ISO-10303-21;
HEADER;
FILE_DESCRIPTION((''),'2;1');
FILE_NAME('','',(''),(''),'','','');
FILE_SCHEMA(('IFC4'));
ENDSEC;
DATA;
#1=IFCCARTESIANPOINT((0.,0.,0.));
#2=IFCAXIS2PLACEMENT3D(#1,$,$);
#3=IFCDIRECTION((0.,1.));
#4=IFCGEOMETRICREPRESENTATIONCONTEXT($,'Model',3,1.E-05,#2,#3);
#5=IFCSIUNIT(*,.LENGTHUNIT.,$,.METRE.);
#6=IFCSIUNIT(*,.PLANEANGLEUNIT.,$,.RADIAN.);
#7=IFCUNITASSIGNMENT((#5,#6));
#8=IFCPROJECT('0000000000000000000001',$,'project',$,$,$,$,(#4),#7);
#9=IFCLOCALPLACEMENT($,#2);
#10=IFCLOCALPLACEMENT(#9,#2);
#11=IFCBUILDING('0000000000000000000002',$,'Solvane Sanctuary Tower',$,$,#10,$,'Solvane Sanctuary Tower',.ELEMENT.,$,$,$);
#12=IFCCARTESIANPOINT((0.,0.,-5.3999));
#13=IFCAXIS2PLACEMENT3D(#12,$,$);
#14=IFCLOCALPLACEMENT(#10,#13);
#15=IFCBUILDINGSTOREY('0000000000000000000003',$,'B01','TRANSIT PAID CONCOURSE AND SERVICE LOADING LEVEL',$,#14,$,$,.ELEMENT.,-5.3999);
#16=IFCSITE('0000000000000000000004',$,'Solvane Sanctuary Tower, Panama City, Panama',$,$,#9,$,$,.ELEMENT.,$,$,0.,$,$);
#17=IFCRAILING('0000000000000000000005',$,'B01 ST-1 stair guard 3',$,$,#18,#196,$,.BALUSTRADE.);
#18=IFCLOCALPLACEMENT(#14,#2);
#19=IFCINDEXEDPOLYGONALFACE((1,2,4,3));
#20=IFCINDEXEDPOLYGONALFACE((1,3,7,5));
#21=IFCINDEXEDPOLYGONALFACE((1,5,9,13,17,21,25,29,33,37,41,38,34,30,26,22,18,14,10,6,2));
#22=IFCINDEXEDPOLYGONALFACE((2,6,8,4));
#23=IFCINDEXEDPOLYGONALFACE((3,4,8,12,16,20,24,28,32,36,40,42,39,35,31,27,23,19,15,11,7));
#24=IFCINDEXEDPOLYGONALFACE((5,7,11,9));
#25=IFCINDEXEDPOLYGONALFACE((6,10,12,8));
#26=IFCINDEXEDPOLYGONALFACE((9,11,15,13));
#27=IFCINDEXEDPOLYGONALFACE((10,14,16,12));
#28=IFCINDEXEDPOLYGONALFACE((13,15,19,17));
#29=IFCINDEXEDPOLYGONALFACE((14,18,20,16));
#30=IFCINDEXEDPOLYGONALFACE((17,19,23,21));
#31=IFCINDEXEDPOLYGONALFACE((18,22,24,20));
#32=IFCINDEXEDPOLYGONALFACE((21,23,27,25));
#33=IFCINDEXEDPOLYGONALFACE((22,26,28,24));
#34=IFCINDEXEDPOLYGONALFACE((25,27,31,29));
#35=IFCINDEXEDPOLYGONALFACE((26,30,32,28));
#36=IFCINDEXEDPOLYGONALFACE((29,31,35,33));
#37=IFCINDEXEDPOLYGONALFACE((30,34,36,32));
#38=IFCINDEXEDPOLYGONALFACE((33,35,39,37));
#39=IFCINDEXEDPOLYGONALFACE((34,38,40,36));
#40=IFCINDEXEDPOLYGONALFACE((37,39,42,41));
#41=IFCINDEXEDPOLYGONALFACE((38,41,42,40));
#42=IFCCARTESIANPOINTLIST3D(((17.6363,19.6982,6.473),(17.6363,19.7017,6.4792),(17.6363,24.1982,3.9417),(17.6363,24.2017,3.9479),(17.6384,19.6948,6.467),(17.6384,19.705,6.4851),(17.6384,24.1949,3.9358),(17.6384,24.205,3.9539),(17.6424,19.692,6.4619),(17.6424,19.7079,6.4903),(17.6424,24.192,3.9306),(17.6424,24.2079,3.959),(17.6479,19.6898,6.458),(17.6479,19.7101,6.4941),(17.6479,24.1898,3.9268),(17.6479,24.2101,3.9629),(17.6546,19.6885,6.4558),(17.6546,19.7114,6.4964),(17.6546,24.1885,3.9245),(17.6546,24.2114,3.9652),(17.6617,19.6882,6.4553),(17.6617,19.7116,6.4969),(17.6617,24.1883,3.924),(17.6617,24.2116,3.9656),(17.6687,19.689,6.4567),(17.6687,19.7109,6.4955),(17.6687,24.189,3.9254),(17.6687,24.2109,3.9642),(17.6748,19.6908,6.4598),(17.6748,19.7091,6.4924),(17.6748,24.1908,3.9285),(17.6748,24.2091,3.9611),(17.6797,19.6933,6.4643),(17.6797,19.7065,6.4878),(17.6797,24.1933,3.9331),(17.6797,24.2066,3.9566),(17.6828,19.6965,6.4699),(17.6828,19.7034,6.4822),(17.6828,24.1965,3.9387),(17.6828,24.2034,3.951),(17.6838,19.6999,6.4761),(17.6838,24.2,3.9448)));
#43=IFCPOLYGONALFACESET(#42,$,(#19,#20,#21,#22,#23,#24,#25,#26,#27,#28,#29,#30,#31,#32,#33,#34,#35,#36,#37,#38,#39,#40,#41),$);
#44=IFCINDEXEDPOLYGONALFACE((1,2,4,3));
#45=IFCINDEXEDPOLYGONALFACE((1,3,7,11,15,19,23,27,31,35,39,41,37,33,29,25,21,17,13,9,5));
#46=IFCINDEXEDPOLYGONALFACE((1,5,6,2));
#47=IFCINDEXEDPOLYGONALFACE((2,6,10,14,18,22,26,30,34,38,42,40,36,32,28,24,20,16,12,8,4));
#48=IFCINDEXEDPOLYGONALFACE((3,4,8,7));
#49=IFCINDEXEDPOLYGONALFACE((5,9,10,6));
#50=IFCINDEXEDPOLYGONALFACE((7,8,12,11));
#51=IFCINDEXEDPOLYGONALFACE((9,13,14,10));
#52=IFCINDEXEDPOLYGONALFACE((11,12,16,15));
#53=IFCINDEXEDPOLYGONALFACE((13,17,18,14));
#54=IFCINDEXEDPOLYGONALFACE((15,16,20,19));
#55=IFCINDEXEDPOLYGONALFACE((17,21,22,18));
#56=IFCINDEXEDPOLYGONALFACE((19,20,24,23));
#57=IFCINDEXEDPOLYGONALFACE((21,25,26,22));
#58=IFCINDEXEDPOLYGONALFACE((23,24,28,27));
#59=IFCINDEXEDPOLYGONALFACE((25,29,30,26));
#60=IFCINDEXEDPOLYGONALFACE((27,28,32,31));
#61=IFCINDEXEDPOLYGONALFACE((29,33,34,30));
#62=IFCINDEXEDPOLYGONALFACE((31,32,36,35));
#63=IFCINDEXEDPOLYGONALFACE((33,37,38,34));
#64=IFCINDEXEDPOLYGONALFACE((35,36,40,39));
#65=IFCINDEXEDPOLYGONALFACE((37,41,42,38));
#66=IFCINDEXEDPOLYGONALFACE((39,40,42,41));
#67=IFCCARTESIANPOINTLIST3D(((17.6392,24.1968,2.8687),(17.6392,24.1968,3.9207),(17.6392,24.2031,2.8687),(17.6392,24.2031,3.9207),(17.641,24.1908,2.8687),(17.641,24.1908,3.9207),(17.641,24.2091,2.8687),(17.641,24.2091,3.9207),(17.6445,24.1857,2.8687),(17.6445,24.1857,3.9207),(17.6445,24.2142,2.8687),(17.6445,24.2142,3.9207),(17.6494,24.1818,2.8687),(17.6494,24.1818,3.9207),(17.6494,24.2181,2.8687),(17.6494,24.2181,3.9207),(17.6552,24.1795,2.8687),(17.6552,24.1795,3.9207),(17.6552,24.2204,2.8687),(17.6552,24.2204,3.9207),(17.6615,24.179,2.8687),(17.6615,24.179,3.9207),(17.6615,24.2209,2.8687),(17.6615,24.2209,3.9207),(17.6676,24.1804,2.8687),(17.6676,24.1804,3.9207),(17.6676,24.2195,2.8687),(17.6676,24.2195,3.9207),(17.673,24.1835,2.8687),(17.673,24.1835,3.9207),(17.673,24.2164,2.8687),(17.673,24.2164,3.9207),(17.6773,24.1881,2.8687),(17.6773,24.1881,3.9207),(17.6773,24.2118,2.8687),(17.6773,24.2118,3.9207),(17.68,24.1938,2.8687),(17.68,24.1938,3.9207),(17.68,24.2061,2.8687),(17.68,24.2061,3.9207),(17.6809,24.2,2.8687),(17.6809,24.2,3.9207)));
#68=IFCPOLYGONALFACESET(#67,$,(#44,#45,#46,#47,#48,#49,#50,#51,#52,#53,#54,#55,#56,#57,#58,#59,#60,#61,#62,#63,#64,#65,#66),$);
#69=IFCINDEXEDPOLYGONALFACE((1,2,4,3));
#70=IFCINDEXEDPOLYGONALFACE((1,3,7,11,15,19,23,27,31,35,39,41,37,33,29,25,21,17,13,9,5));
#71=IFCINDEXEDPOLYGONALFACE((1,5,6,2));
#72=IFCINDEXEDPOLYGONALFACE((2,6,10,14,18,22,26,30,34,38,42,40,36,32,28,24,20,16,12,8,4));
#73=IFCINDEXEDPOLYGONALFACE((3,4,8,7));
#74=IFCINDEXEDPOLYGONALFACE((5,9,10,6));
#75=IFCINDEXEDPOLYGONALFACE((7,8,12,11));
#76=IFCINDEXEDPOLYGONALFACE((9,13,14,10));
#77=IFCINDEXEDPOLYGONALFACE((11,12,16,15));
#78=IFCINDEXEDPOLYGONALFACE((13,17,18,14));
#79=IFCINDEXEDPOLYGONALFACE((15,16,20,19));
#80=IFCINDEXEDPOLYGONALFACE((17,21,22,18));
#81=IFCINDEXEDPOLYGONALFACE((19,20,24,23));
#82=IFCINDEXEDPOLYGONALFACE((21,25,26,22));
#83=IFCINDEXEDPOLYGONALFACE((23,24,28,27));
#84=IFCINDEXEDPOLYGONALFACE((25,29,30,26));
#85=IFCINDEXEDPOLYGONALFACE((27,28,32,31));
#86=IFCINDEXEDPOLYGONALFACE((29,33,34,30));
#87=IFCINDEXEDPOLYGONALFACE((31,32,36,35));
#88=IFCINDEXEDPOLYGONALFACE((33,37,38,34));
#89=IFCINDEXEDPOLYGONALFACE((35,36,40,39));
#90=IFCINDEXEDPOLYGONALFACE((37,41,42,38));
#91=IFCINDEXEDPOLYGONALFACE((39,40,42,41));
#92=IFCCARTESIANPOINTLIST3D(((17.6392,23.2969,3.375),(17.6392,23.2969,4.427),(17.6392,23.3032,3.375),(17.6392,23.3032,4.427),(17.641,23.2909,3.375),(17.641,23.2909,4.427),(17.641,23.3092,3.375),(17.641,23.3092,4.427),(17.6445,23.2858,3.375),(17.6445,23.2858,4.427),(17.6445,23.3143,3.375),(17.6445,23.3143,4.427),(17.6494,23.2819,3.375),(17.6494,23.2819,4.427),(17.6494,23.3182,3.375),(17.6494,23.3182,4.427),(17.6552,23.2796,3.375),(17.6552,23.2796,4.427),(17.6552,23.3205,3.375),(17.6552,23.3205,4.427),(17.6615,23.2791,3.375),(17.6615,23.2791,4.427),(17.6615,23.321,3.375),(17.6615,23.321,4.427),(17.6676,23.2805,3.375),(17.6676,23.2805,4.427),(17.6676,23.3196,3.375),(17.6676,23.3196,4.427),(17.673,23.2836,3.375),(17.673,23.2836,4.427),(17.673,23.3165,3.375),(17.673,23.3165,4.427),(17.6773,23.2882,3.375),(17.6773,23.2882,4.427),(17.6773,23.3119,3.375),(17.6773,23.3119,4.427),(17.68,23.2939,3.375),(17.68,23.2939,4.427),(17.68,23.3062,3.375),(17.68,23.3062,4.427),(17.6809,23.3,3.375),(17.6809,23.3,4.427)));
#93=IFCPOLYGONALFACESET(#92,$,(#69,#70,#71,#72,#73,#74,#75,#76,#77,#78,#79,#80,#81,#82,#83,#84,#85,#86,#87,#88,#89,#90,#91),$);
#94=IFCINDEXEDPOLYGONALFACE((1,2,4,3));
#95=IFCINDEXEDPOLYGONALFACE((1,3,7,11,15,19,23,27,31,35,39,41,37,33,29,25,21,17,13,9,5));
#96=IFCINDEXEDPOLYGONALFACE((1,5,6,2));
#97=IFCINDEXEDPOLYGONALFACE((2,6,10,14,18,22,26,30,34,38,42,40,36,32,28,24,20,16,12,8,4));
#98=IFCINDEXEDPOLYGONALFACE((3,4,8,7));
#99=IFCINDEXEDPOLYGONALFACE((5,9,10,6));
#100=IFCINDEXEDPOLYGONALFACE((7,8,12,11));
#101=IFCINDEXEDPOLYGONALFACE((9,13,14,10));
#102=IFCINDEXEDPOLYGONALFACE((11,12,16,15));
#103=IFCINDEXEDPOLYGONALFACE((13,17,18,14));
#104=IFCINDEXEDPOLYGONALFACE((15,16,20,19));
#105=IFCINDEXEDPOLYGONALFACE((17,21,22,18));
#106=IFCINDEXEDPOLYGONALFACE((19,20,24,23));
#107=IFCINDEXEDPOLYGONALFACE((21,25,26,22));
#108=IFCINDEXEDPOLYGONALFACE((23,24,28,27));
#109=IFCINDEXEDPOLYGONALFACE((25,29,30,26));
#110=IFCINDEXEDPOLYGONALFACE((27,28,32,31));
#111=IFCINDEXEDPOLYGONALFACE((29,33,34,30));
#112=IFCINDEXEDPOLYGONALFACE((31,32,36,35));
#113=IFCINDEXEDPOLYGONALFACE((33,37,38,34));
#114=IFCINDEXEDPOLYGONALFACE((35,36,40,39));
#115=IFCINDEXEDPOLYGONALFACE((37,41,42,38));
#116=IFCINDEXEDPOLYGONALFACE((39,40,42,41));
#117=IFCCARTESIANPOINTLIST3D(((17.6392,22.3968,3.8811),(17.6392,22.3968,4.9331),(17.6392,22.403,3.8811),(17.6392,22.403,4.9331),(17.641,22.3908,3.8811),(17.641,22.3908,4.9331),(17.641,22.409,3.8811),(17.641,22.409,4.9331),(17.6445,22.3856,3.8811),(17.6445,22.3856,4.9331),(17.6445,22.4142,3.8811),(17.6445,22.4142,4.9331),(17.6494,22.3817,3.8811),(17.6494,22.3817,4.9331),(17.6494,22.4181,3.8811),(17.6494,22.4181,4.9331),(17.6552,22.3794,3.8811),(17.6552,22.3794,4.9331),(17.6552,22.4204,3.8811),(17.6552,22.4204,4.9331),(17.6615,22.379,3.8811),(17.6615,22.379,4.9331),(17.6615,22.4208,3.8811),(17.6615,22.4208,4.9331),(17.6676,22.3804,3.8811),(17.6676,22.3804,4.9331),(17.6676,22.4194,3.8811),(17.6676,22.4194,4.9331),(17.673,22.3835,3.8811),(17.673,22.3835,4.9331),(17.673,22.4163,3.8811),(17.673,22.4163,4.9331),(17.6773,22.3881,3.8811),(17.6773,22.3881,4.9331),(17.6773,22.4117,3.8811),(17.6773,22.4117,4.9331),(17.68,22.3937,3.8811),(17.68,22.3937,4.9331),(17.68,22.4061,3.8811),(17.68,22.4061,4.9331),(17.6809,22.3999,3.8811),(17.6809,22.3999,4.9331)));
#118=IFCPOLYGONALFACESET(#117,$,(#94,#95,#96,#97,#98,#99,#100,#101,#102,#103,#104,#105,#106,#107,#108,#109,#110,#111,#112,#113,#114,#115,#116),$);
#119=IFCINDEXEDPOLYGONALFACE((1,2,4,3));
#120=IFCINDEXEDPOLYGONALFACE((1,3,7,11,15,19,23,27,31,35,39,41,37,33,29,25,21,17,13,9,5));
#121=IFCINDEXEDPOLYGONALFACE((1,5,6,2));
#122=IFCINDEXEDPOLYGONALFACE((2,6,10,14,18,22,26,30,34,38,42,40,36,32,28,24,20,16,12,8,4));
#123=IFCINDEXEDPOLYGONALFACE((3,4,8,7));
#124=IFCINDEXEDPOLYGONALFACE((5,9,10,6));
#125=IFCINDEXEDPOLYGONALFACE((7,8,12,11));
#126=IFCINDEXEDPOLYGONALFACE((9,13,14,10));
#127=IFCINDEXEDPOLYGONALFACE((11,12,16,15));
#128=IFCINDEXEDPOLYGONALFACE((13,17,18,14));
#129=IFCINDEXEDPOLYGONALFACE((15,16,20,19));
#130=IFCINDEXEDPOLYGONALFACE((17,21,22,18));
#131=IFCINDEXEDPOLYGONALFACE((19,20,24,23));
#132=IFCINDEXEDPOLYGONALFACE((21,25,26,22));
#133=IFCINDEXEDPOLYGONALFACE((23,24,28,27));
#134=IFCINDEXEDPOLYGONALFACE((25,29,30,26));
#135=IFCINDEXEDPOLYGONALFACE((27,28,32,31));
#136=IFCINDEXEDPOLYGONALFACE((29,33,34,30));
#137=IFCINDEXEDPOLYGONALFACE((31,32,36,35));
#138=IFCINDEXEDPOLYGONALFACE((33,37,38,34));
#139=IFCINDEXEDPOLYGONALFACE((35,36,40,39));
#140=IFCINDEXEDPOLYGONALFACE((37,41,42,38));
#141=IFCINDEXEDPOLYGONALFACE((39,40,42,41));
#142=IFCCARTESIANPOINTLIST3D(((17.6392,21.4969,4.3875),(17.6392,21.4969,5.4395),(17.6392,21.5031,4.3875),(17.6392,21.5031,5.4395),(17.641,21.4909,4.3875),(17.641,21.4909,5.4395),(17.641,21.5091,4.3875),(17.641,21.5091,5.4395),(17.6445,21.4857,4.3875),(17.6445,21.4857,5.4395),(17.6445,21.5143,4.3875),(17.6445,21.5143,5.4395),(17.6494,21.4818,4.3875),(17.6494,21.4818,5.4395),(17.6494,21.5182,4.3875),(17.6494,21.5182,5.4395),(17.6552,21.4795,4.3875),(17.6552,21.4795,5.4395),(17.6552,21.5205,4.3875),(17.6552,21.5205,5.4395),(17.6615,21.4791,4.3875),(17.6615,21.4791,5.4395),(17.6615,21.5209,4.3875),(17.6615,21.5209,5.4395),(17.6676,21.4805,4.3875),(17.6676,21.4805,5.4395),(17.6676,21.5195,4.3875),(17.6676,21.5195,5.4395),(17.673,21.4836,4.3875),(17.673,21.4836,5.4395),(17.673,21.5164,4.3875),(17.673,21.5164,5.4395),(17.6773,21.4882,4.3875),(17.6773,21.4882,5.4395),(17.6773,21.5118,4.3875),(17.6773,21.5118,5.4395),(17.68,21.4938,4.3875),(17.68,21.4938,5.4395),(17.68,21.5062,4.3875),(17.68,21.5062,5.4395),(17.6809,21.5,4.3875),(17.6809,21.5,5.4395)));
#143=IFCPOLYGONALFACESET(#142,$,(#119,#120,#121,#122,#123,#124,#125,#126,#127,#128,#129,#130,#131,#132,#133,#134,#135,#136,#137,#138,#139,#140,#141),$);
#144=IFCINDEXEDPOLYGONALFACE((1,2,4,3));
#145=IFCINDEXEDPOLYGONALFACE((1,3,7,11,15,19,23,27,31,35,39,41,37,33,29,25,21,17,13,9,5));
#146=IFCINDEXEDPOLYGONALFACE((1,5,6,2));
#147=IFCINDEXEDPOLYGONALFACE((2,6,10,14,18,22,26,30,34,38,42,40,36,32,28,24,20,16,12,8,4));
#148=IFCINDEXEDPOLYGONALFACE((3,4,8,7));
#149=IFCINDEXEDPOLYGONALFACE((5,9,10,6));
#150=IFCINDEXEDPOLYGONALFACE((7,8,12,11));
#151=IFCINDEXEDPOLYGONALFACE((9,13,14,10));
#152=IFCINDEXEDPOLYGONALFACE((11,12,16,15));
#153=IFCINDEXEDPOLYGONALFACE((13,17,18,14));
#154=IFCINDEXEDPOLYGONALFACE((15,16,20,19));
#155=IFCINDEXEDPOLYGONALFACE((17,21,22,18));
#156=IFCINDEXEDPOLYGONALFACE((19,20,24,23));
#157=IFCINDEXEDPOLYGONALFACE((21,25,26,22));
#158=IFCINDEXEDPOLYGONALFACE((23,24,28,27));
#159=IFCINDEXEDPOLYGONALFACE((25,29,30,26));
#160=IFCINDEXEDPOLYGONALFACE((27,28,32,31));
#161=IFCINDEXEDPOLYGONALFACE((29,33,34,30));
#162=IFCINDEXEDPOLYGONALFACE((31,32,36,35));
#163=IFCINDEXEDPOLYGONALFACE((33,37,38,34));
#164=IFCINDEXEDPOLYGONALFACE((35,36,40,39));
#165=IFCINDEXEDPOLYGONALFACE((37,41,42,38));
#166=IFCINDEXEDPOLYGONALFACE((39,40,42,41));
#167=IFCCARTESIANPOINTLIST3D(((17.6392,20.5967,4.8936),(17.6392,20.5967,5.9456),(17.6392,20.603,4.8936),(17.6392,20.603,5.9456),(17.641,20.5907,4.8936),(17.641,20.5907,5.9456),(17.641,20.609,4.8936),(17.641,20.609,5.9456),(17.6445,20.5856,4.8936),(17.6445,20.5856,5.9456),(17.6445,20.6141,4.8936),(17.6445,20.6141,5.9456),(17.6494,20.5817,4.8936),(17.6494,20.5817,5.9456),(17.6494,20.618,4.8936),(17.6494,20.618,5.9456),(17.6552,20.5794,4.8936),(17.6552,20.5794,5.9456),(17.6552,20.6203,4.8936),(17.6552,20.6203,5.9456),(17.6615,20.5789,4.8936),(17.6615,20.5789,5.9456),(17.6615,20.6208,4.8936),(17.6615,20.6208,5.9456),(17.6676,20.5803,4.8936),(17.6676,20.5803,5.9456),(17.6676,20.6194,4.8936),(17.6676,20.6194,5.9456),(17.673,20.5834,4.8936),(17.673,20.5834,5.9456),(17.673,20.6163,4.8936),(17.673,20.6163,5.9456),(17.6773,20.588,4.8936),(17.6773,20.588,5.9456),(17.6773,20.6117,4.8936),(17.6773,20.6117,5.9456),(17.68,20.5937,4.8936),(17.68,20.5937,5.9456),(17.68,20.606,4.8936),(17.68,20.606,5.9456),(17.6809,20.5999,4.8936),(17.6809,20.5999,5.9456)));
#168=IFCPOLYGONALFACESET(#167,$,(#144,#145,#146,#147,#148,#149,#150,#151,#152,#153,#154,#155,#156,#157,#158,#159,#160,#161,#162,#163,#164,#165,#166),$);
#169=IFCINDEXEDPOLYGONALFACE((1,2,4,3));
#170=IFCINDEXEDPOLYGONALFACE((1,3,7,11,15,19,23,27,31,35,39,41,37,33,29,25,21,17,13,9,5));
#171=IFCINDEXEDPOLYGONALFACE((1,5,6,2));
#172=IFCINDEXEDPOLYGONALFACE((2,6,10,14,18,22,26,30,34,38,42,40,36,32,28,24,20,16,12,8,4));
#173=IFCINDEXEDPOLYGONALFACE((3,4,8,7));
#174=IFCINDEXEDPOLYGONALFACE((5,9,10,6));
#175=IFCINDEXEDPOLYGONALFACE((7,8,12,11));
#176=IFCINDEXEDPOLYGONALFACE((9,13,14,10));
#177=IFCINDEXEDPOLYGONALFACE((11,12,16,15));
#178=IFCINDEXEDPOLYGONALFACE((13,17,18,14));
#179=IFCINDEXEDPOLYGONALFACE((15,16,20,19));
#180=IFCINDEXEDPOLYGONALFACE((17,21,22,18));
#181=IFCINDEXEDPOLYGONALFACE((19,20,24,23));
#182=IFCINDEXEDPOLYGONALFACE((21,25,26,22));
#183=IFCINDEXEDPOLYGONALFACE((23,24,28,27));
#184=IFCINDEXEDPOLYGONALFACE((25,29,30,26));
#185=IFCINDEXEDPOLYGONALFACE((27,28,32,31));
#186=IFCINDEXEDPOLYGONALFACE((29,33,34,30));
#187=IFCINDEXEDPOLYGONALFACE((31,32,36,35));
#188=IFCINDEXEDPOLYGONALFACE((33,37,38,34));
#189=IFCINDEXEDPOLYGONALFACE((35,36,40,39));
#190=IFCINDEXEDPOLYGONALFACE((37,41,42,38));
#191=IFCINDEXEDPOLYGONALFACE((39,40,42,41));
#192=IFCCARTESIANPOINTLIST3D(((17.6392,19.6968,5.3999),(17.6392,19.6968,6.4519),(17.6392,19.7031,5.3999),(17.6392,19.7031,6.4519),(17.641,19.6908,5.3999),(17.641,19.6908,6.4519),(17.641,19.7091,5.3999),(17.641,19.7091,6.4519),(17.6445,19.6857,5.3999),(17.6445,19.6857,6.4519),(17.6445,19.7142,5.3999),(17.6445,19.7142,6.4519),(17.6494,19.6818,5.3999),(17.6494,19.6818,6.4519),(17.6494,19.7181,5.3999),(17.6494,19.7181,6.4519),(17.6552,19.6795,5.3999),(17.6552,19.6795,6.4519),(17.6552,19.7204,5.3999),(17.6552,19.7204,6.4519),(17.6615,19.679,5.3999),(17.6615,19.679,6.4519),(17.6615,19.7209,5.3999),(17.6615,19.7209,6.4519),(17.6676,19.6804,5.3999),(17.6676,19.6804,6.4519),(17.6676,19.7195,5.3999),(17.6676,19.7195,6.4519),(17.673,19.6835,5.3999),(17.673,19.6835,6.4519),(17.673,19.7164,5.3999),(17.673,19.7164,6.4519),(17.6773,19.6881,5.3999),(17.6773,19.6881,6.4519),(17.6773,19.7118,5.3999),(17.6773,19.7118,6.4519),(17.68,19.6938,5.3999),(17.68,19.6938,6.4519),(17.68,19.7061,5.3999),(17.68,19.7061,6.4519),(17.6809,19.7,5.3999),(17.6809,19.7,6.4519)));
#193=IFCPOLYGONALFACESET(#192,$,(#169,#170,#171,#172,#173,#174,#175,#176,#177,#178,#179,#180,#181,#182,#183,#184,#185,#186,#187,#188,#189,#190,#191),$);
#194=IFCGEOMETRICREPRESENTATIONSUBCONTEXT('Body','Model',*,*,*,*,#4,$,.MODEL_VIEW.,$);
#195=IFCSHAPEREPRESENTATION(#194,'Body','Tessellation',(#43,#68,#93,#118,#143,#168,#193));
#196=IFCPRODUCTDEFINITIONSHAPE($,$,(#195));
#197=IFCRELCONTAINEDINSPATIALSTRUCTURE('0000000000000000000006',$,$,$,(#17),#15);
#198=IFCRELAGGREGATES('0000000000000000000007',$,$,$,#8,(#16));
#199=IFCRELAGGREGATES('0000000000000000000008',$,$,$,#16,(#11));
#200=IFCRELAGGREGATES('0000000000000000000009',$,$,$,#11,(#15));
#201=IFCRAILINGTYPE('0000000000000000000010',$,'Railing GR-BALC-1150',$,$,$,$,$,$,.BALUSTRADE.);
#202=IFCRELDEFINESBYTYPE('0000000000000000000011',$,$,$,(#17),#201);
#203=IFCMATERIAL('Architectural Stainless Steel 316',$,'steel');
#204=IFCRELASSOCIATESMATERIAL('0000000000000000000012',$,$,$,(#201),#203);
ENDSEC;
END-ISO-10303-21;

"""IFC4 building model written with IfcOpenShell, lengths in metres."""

from ifc_helpers import new_model, si_unit, direction, frame, origin, origin_2d, place, context, subcontext, project, spatial, circle, extrude, material, type_object, element, save


model = new_model("IFC4")

# Units and contexts
model_context = context("Model", 3, precision=1e-05, world=origin(), true_north=direction((0.0, 1.0)))
body_context = subcontext(model_context, "Body", "Model", "MODEL_VIEW")
ifc_project = project(units=[si_unit("LENGTHUNIT", "METRE"), si_unit("PLANEANGLEUNIT", "RADIAN")], contexts=[model_context])

# Site, building, storey
site_placement = place(None, origin())
site = spatial("IfcSite", under=ifc_project, at=site_placement, Name="Solvane Sanctuary Tower, Panama City, Panama", CompositionType="ELEMENT", RefElevation=0.0)
building_placement = place(site_placement, origin())
building = spatial("IfcBuilding", under=site, at=building_placement, Name="Solvane Sanctuary Tower", LongName="Solvane Sanctuary Tower", CompositionType="ELEMENT")
storey_placement = place(building_placement, frame((0.0, 0.0, -5.3999)))
storey = spatial("IfcBuildingStorey", under=building, at=storey_placement, Name="B01", Description="TRANSIT PAID CONCOURSE AND SERVICE LOADING LEVEL", CompositionType="ELEMENT", Elevation=-5.3999)

# Shared definitions
ifc_material_1 = material(Name="Architectural Stainless Steel 316", Category="steel")

# Railing
railing_type_1 = type_object("IfcRailingType", Name="Railing GR-BALC-1150", PredefinedType="BALUSTRADE", material=ifc_material_1)
railing_1_placement = place(storey_placement, frame((17.6599, 24.2, 2.8687)))
element("IfcRailing", 1, at=railing_1_placement, inside=storey, type_object=railing_type_1, Name="B01 ST-1 stair guard 3", PredefinedType="BALUSTRADE", context=body_context, shape_type="SweptSolid", body=[
    extrude(circle(Radius=0.0239, at=origin_2d()), frame((0.0, 0.0, 1.0762), z_axis=(0.0, -0.871576, 0.490261), x_axis=(1.0, 0.0, 0.0)), (0.0, 0.0, 1.0), 5.1631),
    extrude(circle(Radius=0.021, at=origin_2d()), origin(), (0.0, 0.0, 1.0), 1.052),
    extrude(circle(Radius=0.021, at=origin_2d()), frame((0.0, -0.8999, 0.5063)), (0.0, 0.0, 1.0), 1.052),
    extrude(circle(Radius=0.021, at=origin_2d()), frame((0.0, -1.8, 1.0125)), (0.0, 0.0, 1.0), 1.052),
    extrude(circle(Radius=0.021, at=origin_2d()), frame((0.0, -2.7, 1.5188)), (0.0, 0.0, 1.0), 1.052),
    extrude(circle(Radius=0.021, at=origin_2d()), frame((0.0, -3.6001, 2.0249)), (0.0, 0.0, 1.0), 1.052),
    extrude(circle(Radius=0.021, at=origin_2d()), frame((0.0, -4.5, 2.5312)), (0.0, 0.0, 1.0), 1.052),
])

save(model, "model.ifc")
